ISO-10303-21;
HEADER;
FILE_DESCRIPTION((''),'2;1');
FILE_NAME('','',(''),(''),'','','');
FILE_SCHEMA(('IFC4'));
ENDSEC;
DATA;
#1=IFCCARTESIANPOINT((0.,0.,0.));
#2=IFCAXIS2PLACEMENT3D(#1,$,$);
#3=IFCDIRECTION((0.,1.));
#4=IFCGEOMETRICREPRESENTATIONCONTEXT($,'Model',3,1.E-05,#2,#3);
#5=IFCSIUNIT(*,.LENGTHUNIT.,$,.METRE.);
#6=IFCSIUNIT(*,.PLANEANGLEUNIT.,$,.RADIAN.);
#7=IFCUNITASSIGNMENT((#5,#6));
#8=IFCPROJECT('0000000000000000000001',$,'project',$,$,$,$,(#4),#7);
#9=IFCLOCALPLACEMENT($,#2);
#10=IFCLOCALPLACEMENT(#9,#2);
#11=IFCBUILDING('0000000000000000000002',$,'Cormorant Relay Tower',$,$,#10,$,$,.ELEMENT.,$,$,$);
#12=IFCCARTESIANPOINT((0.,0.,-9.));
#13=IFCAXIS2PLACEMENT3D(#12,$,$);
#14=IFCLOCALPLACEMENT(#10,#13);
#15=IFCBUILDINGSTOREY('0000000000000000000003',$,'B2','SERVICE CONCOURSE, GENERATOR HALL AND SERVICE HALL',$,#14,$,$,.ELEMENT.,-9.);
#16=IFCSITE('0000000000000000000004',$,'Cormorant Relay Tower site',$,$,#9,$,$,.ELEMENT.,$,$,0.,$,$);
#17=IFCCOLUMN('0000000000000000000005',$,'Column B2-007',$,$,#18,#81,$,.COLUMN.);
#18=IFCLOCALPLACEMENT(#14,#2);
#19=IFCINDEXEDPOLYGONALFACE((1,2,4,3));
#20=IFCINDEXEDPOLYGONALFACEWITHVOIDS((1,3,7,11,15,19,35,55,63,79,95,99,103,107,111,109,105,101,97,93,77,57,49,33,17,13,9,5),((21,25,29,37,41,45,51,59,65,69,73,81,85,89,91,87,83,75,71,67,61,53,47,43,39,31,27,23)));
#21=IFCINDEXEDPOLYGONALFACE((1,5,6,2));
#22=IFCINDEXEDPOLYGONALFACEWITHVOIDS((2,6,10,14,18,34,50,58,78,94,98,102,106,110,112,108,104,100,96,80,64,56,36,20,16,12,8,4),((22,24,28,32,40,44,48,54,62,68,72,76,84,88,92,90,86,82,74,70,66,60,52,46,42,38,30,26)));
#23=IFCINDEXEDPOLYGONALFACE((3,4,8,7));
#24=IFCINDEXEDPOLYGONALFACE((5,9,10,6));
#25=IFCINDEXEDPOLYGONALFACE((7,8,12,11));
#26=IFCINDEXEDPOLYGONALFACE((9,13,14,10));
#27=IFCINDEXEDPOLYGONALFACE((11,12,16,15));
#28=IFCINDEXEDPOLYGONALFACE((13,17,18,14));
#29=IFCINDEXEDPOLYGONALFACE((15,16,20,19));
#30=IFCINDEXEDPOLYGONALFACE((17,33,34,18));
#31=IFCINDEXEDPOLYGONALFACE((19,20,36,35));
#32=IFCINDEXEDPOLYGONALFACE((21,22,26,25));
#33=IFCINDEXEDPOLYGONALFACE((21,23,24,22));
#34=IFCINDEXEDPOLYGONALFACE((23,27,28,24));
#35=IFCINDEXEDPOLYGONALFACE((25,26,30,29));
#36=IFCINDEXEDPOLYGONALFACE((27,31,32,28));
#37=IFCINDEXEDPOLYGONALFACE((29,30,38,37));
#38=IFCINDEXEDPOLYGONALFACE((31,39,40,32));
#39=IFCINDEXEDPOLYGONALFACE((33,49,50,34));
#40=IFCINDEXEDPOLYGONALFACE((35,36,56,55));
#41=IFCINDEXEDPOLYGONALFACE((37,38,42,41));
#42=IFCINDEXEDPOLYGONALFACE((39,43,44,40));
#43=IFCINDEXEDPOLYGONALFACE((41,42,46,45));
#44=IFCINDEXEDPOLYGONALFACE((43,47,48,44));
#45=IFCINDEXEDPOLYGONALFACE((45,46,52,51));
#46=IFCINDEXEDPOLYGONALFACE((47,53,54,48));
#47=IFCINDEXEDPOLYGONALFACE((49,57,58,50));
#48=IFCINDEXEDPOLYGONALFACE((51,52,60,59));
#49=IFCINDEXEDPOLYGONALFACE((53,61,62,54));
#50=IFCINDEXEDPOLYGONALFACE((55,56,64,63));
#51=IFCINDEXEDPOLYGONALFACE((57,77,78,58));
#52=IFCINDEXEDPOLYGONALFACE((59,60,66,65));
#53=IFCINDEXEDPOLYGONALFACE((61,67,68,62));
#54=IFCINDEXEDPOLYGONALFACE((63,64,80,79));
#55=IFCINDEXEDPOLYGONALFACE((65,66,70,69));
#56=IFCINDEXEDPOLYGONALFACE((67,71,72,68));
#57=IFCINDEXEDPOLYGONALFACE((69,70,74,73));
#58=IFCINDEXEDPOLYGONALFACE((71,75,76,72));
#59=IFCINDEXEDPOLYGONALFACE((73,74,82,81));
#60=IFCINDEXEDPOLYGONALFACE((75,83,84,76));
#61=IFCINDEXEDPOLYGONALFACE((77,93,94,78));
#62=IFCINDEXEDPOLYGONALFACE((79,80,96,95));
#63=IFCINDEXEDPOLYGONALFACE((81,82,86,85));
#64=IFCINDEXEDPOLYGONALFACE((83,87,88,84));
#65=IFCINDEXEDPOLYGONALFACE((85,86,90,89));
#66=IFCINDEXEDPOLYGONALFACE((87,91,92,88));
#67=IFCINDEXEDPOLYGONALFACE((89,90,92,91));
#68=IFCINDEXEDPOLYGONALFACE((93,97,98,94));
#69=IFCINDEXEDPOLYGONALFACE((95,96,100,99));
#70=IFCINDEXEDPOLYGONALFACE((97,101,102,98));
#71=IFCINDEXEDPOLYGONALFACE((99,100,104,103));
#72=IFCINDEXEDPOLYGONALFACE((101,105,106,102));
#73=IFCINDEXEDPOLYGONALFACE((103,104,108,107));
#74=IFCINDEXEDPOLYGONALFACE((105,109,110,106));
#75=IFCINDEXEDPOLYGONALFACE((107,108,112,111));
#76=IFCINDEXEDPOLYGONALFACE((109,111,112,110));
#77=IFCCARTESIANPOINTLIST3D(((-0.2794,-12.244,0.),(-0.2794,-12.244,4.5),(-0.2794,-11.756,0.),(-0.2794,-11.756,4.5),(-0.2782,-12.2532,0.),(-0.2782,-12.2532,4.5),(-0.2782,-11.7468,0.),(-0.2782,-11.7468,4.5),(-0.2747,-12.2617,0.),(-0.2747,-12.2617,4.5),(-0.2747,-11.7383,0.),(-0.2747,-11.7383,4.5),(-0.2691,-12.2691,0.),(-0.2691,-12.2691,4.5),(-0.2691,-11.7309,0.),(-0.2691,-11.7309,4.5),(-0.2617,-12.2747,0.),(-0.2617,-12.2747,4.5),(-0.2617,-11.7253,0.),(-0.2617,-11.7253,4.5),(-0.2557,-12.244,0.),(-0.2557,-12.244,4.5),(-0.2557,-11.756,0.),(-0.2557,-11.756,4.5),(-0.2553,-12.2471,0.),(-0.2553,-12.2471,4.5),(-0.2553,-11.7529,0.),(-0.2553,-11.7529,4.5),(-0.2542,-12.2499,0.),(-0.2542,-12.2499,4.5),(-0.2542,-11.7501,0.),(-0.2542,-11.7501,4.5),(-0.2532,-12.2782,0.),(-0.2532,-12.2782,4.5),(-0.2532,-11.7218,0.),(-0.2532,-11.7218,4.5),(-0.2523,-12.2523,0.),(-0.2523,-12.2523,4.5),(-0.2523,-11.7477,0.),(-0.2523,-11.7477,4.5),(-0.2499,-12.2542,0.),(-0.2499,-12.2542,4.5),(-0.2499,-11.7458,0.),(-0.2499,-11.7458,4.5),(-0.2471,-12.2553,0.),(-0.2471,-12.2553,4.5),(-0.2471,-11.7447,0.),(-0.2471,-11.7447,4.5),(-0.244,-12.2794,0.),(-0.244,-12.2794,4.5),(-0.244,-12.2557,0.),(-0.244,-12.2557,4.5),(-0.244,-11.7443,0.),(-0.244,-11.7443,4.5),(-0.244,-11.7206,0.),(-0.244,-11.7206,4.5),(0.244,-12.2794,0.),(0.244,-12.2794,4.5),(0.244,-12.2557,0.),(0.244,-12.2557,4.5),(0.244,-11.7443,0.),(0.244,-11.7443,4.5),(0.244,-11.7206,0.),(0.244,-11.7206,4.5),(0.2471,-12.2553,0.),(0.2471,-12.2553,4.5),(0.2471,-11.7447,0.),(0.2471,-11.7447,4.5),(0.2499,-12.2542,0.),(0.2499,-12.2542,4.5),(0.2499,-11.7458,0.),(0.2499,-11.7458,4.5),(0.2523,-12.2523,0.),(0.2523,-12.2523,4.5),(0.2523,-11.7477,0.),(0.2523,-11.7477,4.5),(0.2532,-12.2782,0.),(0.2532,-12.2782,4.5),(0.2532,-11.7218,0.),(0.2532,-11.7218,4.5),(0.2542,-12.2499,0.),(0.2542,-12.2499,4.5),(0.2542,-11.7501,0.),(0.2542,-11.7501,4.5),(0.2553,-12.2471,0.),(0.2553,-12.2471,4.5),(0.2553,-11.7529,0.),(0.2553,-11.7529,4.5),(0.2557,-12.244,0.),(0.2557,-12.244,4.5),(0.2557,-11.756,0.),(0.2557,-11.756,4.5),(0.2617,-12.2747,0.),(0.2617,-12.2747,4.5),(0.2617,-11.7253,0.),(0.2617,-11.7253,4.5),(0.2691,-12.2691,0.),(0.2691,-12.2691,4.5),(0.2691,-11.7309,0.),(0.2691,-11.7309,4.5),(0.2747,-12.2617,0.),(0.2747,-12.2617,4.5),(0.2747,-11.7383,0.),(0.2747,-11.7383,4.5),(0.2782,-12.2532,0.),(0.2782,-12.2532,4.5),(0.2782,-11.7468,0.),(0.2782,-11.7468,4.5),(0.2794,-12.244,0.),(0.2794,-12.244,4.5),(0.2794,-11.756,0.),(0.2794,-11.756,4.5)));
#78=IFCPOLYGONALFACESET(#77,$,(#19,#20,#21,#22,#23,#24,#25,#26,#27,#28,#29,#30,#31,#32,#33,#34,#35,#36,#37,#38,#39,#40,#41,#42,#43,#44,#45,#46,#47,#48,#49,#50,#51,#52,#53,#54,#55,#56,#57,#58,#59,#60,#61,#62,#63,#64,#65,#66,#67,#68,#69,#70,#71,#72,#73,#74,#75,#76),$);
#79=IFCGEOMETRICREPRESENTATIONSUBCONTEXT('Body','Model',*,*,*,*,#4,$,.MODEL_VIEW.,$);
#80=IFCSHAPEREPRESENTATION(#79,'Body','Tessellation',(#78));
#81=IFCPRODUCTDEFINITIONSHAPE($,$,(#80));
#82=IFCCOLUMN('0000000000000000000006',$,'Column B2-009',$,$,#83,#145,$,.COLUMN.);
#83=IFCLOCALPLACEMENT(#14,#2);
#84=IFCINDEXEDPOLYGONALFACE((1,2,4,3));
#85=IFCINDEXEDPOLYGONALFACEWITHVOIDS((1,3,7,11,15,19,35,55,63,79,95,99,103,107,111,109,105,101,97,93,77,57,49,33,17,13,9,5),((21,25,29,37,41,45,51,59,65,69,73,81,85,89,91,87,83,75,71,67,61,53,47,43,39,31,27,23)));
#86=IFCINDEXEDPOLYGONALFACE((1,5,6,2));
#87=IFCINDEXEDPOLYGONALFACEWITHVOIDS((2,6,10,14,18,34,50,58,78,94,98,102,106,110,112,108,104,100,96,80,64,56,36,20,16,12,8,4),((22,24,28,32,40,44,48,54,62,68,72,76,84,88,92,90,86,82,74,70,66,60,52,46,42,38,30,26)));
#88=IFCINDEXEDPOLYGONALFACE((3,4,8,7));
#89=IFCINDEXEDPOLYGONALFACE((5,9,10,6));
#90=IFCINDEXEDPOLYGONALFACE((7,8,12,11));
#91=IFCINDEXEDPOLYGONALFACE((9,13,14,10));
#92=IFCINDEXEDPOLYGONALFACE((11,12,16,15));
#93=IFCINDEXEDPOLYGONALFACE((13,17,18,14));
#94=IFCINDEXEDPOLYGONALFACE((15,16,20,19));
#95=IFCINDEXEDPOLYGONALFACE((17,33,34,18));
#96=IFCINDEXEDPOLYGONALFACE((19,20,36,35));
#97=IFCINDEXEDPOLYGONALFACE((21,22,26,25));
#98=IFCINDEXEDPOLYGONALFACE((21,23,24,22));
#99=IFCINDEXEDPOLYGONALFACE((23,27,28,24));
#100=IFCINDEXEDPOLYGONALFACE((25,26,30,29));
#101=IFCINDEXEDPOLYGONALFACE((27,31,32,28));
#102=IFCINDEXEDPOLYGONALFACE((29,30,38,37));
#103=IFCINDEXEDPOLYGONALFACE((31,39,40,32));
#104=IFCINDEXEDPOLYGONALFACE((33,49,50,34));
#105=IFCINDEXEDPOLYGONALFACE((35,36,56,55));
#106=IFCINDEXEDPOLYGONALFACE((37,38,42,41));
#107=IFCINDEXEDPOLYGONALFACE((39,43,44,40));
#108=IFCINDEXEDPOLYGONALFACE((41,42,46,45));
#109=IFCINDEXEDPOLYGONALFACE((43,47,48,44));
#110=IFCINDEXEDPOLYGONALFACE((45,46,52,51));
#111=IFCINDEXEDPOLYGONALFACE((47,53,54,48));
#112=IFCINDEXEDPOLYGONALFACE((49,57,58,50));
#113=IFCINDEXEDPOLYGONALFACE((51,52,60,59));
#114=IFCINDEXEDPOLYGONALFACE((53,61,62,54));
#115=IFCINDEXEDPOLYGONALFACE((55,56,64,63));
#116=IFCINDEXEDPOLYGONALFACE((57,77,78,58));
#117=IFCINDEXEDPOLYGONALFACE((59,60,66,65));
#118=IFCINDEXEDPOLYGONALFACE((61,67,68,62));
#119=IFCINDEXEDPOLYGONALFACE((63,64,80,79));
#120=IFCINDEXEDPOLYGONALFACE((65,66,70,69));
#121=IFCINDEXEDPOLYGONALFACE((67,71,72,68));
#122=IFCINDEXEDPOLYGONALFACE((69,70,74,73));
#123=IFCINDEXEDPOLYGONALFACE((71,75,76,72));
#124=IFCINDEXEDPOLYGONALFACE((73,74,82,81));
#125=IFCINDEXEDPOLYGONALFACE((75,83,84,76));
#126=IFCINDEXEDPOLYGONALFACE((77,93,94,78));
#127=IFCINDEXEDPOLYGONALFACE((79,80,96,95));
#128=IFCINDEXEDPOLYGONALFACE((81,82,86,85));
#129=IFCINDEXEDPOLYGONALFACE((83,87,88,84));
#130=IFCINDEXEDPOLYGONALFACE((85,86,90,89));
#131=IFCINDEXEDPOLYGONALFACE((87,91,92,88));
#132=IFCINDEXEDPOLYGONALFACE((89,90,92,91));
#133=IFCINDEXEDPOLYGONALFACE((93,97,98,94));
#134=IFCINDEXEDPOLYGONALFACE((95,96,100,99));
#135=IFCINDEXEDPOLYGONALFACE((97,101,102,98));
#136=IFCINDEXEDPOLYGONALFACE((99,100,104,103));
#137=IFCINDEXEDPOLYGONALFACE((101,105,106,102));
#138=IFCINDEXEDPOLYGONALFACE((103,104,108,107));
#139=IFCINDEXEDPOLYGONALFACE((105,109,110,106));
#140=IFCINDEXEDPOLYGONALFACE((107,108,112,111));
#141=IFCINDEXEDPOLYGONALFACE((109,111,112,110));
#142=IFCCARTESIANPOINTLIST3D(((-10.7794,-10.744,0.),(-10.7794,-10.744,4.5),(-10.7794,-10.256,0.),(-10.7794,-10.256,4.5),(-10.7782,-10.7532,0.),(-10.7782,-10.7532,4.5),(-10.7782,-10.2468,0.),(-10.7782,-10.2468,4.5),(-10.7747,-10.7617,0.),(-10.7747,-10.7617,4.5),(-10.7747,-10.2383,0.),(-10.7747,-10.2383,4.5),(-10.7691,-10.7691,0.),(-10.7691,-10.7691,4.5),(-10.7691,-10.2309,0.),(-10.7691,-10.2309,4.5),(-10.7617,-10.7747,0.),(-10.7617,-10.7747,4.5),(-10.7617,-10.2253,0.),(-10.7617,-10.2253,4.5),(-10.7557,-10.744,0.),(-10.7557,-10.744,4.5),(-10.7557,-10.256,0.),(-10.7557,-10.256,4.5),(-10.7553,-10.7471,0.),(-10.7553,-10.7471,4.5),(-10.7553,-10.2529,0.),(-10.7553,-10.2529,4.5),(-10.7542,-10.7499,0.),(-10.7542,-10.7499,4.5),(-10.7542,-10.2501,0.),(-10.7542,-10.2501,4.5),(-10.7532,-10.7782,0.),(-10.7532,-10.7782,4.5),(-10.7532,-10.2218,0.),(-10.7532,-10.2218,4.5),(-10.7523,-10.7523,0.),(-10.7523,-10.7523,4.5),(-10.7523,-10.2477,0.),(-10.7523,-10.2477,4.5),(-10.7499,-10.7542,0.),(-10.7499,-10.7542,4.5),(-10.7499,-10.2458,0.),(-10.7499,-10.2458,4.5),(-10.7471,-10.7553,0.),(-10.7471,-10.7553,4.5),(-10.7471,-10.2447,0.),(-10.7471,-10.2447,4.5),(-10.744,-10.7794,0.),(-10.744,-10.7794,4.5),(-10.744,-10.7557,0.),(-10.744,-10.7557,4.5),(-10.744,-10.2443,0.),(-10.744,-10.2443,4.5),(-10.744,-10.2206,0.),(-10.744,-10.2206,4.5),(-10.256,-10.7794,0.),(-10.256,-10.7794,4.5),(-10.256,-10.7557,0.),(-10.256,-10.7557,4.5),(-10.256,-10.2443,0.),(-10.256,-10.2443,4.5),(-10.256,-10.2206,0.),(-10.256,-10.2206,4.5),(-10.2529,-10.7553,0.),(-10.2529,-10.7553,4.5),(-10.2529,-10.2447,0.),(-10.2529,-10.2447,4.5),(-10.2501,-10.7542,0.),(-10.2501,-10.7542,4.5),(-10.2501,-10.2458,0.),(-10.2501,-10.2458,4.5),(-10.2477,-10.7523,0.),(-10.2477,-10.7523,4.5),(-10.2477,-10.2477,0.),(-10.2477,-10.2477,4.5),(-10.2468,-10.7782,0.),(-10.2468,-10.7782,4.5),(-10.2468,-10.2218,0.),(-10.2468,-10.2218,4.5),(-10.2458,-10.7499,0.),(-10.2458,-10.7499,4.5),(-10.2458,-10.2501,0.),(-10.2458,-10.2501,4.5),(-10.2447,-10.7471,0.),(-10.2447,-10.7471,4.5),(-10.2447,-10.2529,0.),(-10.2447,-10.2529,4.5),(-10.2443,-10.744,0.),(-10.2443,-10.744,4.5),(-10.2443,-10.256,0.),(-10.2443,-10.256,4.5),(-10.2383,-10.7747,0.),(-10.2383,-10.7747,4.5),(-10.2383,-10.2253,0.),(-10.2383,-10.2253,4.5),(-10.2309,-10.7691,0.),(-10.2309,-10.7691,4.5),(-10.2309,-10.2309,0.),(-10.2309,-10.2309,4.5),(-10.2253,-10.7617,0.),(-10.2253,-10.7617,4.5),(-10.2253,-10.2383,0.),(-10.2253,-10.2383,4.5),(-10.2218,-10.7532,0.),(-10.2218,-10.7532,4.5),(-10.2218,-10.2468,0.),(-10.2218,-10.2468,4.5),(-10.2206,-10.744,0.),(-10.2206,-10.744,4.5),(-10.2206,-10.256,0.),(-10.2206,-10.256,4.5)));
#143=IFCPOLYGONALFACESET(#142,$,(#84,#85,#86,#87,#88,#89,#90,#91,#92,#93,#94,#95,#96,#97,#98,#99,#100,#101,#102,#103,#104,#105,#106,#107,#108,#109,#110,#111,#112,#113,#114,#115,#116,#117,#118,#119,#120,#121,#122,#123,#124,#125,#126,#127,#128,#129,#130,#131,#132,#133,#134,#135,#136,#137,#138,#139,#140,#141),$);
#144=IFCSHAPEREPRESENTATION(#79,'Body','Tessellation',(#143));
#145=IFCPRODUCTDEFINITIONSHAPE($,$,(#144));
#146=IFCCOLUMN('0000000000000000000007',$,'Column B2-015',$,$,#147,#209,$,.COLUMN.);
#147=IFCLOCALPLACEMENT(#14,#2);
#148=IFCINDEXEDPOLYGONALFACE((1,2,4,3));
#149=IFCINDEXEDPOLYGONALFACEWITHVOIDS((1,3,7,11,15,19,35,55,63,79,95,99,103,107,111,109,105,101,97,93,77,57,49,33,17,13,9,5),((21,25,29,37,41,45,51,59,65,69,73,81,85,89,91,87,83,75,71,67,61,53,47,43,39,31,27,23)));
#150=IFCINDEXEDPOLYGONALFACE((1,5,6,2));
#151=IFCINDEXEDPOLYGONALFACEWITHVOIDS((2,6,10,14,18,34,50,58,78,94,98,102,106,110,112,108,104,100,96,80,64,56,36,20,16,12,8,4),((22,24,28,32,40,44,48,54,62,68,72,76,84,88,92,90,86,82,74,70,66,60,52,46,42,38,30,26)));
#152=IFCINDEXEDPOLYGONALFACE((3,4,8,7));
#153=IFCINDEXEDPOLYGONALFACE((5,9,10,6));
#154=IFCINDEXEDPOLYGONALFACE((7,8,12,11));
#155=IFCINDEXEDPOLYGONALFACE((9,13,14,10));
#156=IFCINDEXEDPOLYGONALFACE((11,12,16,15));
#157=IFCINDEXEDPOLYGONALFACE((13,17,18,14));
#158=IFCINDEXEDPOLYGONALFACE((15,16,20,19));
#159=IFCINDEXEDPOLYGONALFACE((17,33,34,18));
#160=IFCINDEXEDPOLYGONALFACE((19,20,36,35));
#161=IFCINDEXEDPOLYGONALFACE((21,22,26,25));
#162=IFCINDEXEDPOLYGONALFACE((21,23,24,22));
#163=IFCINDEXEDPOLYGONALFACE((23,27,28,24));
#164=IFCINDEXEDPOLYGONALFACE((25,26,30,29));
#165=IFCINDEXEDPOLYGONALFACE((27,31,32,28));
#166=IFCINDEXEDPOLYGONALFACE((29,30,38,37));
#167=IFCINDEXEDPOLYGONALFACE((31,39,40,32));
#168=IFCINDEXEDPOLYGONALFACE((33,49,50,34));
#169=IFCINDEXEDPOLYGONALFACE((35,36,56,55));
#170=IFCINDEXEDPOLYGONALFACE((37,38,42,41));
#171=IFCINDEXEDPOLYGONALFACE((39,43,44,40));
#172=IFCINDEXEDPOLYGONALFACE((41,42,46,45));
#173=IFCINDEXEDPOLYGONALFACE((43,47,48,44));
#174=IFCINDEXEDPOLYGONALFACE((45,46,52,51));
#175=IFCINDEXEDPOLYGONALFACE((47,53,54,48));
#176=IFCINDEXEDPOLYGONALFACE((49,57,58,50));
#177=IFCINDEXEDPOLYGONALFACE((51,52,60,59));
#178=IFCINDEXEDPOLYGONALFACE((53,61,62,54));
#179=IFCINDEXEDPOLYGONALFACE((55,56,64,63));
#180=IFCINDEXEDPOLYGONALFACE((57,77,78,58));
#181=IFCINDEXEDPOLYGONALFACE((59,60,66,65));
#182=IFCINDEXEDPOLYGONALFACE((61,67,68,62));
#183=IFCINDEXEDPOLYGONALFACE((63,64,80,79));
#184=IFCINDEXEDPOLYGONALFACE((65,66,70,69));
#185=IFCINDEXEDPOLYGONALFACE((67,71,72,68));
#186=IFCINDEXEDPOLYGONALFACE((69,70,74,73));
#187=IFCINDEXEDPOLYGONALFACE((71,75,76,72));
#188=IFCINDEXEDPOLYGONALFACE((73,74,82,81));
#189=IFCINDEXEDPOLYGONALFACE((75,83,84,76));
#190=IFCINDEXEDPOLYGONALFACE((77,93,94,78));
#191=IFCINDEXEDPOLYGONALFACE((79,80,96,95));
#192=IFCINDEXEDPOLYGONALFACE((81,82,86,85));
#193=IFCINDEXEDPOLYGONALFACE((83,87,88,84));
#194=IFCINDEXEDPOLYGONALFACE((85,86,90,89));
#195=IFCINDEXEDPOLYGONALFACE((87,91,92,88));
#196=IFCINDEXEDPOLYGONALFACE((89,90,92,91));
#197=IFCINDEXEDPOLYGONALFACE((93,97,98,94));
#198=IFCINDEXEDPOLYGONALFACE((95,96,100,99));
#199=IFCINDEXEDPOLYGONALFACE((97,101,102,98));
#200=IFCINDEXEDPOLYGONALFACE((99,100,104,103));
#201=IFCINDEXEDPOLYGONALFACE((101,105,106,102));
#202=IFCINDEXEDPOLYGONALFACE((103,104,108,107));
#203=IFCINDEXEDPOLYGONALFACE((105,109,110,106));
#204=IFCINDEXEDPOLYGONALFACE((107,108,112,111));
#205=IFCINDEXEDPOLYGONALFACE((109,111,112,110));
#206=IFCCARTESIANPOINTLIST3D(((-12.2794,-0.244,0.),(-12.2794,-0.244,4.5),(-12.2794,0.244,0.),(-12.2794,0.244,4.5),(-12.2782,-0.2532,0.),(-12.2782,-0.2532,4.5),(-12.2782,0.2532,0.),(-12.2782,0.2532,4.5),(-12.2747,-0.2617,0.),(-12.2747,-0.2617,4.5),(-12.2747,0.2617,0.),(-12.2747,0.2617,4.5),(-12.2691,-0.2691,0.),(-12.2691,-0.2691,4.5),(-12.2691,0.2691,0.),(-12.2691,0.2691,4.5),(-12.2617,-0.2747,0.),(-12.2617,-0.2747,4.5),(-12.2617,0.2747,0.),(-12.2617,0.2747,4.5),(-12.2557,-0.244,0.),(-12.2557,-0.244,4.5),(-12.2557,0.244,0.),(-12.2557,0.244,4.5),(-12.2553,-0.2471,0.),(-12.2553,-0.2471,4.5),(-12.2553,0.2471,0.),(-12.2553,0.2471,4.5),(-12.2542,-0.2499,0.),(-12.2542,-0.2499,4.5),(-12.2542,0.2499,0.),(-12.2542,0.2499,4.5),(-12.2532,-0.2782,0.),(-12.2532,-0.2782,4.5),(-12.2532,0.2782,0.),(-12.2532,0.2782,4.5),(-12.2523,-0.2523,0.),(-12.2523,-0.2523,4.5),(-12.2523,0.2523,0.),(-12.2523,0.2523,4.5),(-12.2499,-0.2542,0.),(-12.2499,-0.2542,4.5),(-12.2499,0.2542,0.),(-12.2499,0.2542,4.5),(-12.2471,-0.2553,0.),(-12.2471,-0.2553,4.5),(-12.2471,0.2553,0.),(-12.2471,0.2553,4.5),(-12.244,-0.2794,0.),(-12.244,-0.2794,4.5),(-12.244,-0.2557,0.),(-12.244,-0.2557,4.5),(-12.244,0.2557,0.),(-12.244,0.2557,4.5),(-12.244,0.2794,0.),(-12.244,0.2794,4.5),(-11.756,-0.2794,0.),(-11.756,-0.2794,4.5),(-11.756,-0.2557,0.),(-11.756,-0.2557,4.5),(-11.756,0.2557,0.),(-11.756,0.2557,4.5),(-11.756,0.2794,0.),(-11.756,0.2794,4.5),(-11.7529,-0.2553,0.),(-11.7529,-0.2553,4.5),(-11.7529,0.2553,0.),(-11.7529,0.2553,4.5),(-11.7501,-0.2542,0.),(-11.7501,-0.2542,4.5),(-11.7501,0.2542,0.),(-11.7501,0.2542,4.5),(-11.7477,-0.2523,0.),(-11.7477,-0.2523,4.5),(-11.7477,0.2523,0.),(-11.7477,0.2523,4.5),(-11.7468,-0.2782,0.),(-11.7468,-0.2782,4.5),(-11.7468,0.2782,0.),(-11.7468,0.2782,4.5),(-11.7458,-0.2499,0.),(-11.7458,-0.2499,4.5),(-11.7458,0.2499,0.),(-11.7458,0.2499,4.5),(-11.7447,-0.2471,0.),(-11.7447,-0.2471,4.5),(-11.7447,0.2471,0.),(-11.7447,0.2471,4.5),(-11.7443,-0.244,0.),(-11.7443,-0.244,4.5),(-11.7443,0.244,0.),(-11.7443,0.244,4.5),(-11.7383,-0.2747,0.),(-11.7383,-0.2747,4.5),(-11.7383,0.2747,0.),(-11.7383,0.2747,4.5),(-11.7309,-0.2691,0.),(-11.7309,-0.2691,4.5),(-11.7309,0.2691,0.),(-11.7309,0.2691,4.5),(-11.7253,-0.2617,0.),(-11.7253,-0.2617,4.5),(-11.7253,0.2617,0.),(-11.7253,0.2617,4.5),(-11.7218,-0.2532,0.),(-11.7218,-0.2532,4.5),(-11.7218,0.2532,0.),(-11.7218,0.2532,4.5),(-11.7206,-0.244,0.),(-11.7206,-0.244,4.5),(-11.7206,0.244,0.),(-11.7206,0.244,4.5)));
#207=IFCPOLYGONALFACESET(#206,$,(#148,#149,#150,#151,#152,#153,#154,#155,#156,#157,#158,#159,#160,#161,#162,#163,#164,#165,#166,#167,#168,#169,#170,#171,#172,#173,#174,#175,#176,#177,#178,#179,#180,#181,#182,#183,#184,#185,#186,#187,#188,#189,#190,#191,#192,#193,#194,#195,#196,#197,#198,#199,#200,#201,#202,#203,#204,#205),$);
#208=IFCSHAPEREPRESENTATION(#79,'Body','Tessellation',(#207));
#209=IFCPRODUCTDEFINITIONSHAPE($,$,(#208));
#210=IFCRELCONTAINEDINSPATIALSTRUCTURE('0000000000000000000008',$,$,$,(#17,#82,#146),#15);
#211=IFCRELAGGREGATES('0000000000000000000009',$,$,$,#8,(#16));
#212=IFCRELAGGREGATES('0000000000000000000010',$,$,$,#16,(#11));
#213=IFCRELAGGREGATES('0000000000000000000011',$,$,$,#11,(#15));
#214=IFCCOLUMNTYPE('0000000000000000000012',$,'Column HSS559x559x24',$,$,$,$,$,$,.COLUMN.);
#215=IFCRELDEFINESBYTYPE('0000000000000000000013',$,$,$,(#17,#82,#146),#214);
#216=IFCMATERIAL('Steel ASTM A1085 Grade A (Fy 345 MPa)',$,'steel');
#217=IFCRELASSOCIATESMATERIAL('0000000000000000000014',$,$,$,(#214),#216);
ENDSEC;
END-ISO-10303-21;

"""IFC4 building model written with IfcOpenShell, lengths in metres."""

from ifc_helpers import new_model, si_unit, direction, frame, origin, origin_2d, place, context, subcontext, project, spatial, hollow_rectangle, extrude, material, material_profile, profile_set, type_object, element, save


model = new_model("IFC4")

# Units and contexts
model_context = context("Model", 3, precision=1e-05, world=origin(), true_north=direction((0.0, 1.0)))
body_context = subcontext(model_context, "Body", "Model", "MODEL_VIEW")
ifc_project = project(units=[si_unit("LENGTHUNIT", "METRE"), si_unit("PLANEANGLEUNIT", "RADIAN")], contexts=[model_context])

# Site, building, storey
site_placement = place(None, origin())
site = spatial("IfcSite", under=ifc_project, at=site_placement, Name="Cormorant Relay Tower site", CompositionType="ELEMENT", RefElevation=0.0)
building_placement = place(site_placement, origin())
building = spatial("IfcBuilding", under=site, at=building_placement, Name="Cormorant Relay Tower", CompositionType="ELEMENT")
storey_placement = place(building_placement, frame((0.0, 0.0, -9.0)))
storey = spatial("IfcBuildingStorey", under=building, at=storey_placement, Name="B2", Description="SERVICE CONCOURSE, GENERATOR HALL AND SERVICE HALL", CompositionType="ELEMENT", Elevation=-9.0)

# Columns
ifc_material_1 = material(Name="Steel ASTM A1085 Grade A (Fy 345 MPa)", Category="steel")
ifc_material_profile_1 = material_profile(ifc_material_1, hollow_rectangle(XDim=0.5588, YDim=0.5588, WallThickness=0.0237, InnerFilletRadius=0.0117, OuterFilletRadius=0.0354, at=origin_2d()), Name="HSS559x559x24")
ifc_profile_set_1 = profile_set([ifc_material_profile_1], Name="Steel ASTM A1085 Grade A (Fy 345 MPa)")
column_type = type_object("IfcColumnType", Name="Column HSS559x559x24", PredefinedType="COLUMN", material=ifc_profile_set_1)
for number, where, z_axis, x_axis, name in (
    (1, (0.0, -12.0, 0.0), (0.0, 0.0, 1.0), (1.0, 0.0, 0.0), "Column B2-007"),
    (2, (-10.5, -10.5, 0.0), (0.0, 0.0, 1.0), (1.0, 0.0, 0.0), "Column B2-009"),
    (3, (-12.0, 0.0, 0.0), (0.0, 0.0, 1.0), (1.0, 0.0, 0.0), "Column B2-015"),
):
    element("IfcColumn", number, at=place(storey_placement, frame(where, z_axis=z_axis, x_axis=x_axis)), inside=storey, type_object=column_type, Name=name, PredefinedType="COLUMN", context=body_context, shape_type="SweptSolid", body=[
        extrude(hollow_rectangle(XDim=0.5588, YDim=0.5588, WallThickness=0.0237, InnerFilletRadius=0.0117, OuterFilletRadius=0.0354, at=origin_2d()), origin(), (0.0, 0.0, 1.0), 4.5),
    ])

save(model, "model.ifc")
